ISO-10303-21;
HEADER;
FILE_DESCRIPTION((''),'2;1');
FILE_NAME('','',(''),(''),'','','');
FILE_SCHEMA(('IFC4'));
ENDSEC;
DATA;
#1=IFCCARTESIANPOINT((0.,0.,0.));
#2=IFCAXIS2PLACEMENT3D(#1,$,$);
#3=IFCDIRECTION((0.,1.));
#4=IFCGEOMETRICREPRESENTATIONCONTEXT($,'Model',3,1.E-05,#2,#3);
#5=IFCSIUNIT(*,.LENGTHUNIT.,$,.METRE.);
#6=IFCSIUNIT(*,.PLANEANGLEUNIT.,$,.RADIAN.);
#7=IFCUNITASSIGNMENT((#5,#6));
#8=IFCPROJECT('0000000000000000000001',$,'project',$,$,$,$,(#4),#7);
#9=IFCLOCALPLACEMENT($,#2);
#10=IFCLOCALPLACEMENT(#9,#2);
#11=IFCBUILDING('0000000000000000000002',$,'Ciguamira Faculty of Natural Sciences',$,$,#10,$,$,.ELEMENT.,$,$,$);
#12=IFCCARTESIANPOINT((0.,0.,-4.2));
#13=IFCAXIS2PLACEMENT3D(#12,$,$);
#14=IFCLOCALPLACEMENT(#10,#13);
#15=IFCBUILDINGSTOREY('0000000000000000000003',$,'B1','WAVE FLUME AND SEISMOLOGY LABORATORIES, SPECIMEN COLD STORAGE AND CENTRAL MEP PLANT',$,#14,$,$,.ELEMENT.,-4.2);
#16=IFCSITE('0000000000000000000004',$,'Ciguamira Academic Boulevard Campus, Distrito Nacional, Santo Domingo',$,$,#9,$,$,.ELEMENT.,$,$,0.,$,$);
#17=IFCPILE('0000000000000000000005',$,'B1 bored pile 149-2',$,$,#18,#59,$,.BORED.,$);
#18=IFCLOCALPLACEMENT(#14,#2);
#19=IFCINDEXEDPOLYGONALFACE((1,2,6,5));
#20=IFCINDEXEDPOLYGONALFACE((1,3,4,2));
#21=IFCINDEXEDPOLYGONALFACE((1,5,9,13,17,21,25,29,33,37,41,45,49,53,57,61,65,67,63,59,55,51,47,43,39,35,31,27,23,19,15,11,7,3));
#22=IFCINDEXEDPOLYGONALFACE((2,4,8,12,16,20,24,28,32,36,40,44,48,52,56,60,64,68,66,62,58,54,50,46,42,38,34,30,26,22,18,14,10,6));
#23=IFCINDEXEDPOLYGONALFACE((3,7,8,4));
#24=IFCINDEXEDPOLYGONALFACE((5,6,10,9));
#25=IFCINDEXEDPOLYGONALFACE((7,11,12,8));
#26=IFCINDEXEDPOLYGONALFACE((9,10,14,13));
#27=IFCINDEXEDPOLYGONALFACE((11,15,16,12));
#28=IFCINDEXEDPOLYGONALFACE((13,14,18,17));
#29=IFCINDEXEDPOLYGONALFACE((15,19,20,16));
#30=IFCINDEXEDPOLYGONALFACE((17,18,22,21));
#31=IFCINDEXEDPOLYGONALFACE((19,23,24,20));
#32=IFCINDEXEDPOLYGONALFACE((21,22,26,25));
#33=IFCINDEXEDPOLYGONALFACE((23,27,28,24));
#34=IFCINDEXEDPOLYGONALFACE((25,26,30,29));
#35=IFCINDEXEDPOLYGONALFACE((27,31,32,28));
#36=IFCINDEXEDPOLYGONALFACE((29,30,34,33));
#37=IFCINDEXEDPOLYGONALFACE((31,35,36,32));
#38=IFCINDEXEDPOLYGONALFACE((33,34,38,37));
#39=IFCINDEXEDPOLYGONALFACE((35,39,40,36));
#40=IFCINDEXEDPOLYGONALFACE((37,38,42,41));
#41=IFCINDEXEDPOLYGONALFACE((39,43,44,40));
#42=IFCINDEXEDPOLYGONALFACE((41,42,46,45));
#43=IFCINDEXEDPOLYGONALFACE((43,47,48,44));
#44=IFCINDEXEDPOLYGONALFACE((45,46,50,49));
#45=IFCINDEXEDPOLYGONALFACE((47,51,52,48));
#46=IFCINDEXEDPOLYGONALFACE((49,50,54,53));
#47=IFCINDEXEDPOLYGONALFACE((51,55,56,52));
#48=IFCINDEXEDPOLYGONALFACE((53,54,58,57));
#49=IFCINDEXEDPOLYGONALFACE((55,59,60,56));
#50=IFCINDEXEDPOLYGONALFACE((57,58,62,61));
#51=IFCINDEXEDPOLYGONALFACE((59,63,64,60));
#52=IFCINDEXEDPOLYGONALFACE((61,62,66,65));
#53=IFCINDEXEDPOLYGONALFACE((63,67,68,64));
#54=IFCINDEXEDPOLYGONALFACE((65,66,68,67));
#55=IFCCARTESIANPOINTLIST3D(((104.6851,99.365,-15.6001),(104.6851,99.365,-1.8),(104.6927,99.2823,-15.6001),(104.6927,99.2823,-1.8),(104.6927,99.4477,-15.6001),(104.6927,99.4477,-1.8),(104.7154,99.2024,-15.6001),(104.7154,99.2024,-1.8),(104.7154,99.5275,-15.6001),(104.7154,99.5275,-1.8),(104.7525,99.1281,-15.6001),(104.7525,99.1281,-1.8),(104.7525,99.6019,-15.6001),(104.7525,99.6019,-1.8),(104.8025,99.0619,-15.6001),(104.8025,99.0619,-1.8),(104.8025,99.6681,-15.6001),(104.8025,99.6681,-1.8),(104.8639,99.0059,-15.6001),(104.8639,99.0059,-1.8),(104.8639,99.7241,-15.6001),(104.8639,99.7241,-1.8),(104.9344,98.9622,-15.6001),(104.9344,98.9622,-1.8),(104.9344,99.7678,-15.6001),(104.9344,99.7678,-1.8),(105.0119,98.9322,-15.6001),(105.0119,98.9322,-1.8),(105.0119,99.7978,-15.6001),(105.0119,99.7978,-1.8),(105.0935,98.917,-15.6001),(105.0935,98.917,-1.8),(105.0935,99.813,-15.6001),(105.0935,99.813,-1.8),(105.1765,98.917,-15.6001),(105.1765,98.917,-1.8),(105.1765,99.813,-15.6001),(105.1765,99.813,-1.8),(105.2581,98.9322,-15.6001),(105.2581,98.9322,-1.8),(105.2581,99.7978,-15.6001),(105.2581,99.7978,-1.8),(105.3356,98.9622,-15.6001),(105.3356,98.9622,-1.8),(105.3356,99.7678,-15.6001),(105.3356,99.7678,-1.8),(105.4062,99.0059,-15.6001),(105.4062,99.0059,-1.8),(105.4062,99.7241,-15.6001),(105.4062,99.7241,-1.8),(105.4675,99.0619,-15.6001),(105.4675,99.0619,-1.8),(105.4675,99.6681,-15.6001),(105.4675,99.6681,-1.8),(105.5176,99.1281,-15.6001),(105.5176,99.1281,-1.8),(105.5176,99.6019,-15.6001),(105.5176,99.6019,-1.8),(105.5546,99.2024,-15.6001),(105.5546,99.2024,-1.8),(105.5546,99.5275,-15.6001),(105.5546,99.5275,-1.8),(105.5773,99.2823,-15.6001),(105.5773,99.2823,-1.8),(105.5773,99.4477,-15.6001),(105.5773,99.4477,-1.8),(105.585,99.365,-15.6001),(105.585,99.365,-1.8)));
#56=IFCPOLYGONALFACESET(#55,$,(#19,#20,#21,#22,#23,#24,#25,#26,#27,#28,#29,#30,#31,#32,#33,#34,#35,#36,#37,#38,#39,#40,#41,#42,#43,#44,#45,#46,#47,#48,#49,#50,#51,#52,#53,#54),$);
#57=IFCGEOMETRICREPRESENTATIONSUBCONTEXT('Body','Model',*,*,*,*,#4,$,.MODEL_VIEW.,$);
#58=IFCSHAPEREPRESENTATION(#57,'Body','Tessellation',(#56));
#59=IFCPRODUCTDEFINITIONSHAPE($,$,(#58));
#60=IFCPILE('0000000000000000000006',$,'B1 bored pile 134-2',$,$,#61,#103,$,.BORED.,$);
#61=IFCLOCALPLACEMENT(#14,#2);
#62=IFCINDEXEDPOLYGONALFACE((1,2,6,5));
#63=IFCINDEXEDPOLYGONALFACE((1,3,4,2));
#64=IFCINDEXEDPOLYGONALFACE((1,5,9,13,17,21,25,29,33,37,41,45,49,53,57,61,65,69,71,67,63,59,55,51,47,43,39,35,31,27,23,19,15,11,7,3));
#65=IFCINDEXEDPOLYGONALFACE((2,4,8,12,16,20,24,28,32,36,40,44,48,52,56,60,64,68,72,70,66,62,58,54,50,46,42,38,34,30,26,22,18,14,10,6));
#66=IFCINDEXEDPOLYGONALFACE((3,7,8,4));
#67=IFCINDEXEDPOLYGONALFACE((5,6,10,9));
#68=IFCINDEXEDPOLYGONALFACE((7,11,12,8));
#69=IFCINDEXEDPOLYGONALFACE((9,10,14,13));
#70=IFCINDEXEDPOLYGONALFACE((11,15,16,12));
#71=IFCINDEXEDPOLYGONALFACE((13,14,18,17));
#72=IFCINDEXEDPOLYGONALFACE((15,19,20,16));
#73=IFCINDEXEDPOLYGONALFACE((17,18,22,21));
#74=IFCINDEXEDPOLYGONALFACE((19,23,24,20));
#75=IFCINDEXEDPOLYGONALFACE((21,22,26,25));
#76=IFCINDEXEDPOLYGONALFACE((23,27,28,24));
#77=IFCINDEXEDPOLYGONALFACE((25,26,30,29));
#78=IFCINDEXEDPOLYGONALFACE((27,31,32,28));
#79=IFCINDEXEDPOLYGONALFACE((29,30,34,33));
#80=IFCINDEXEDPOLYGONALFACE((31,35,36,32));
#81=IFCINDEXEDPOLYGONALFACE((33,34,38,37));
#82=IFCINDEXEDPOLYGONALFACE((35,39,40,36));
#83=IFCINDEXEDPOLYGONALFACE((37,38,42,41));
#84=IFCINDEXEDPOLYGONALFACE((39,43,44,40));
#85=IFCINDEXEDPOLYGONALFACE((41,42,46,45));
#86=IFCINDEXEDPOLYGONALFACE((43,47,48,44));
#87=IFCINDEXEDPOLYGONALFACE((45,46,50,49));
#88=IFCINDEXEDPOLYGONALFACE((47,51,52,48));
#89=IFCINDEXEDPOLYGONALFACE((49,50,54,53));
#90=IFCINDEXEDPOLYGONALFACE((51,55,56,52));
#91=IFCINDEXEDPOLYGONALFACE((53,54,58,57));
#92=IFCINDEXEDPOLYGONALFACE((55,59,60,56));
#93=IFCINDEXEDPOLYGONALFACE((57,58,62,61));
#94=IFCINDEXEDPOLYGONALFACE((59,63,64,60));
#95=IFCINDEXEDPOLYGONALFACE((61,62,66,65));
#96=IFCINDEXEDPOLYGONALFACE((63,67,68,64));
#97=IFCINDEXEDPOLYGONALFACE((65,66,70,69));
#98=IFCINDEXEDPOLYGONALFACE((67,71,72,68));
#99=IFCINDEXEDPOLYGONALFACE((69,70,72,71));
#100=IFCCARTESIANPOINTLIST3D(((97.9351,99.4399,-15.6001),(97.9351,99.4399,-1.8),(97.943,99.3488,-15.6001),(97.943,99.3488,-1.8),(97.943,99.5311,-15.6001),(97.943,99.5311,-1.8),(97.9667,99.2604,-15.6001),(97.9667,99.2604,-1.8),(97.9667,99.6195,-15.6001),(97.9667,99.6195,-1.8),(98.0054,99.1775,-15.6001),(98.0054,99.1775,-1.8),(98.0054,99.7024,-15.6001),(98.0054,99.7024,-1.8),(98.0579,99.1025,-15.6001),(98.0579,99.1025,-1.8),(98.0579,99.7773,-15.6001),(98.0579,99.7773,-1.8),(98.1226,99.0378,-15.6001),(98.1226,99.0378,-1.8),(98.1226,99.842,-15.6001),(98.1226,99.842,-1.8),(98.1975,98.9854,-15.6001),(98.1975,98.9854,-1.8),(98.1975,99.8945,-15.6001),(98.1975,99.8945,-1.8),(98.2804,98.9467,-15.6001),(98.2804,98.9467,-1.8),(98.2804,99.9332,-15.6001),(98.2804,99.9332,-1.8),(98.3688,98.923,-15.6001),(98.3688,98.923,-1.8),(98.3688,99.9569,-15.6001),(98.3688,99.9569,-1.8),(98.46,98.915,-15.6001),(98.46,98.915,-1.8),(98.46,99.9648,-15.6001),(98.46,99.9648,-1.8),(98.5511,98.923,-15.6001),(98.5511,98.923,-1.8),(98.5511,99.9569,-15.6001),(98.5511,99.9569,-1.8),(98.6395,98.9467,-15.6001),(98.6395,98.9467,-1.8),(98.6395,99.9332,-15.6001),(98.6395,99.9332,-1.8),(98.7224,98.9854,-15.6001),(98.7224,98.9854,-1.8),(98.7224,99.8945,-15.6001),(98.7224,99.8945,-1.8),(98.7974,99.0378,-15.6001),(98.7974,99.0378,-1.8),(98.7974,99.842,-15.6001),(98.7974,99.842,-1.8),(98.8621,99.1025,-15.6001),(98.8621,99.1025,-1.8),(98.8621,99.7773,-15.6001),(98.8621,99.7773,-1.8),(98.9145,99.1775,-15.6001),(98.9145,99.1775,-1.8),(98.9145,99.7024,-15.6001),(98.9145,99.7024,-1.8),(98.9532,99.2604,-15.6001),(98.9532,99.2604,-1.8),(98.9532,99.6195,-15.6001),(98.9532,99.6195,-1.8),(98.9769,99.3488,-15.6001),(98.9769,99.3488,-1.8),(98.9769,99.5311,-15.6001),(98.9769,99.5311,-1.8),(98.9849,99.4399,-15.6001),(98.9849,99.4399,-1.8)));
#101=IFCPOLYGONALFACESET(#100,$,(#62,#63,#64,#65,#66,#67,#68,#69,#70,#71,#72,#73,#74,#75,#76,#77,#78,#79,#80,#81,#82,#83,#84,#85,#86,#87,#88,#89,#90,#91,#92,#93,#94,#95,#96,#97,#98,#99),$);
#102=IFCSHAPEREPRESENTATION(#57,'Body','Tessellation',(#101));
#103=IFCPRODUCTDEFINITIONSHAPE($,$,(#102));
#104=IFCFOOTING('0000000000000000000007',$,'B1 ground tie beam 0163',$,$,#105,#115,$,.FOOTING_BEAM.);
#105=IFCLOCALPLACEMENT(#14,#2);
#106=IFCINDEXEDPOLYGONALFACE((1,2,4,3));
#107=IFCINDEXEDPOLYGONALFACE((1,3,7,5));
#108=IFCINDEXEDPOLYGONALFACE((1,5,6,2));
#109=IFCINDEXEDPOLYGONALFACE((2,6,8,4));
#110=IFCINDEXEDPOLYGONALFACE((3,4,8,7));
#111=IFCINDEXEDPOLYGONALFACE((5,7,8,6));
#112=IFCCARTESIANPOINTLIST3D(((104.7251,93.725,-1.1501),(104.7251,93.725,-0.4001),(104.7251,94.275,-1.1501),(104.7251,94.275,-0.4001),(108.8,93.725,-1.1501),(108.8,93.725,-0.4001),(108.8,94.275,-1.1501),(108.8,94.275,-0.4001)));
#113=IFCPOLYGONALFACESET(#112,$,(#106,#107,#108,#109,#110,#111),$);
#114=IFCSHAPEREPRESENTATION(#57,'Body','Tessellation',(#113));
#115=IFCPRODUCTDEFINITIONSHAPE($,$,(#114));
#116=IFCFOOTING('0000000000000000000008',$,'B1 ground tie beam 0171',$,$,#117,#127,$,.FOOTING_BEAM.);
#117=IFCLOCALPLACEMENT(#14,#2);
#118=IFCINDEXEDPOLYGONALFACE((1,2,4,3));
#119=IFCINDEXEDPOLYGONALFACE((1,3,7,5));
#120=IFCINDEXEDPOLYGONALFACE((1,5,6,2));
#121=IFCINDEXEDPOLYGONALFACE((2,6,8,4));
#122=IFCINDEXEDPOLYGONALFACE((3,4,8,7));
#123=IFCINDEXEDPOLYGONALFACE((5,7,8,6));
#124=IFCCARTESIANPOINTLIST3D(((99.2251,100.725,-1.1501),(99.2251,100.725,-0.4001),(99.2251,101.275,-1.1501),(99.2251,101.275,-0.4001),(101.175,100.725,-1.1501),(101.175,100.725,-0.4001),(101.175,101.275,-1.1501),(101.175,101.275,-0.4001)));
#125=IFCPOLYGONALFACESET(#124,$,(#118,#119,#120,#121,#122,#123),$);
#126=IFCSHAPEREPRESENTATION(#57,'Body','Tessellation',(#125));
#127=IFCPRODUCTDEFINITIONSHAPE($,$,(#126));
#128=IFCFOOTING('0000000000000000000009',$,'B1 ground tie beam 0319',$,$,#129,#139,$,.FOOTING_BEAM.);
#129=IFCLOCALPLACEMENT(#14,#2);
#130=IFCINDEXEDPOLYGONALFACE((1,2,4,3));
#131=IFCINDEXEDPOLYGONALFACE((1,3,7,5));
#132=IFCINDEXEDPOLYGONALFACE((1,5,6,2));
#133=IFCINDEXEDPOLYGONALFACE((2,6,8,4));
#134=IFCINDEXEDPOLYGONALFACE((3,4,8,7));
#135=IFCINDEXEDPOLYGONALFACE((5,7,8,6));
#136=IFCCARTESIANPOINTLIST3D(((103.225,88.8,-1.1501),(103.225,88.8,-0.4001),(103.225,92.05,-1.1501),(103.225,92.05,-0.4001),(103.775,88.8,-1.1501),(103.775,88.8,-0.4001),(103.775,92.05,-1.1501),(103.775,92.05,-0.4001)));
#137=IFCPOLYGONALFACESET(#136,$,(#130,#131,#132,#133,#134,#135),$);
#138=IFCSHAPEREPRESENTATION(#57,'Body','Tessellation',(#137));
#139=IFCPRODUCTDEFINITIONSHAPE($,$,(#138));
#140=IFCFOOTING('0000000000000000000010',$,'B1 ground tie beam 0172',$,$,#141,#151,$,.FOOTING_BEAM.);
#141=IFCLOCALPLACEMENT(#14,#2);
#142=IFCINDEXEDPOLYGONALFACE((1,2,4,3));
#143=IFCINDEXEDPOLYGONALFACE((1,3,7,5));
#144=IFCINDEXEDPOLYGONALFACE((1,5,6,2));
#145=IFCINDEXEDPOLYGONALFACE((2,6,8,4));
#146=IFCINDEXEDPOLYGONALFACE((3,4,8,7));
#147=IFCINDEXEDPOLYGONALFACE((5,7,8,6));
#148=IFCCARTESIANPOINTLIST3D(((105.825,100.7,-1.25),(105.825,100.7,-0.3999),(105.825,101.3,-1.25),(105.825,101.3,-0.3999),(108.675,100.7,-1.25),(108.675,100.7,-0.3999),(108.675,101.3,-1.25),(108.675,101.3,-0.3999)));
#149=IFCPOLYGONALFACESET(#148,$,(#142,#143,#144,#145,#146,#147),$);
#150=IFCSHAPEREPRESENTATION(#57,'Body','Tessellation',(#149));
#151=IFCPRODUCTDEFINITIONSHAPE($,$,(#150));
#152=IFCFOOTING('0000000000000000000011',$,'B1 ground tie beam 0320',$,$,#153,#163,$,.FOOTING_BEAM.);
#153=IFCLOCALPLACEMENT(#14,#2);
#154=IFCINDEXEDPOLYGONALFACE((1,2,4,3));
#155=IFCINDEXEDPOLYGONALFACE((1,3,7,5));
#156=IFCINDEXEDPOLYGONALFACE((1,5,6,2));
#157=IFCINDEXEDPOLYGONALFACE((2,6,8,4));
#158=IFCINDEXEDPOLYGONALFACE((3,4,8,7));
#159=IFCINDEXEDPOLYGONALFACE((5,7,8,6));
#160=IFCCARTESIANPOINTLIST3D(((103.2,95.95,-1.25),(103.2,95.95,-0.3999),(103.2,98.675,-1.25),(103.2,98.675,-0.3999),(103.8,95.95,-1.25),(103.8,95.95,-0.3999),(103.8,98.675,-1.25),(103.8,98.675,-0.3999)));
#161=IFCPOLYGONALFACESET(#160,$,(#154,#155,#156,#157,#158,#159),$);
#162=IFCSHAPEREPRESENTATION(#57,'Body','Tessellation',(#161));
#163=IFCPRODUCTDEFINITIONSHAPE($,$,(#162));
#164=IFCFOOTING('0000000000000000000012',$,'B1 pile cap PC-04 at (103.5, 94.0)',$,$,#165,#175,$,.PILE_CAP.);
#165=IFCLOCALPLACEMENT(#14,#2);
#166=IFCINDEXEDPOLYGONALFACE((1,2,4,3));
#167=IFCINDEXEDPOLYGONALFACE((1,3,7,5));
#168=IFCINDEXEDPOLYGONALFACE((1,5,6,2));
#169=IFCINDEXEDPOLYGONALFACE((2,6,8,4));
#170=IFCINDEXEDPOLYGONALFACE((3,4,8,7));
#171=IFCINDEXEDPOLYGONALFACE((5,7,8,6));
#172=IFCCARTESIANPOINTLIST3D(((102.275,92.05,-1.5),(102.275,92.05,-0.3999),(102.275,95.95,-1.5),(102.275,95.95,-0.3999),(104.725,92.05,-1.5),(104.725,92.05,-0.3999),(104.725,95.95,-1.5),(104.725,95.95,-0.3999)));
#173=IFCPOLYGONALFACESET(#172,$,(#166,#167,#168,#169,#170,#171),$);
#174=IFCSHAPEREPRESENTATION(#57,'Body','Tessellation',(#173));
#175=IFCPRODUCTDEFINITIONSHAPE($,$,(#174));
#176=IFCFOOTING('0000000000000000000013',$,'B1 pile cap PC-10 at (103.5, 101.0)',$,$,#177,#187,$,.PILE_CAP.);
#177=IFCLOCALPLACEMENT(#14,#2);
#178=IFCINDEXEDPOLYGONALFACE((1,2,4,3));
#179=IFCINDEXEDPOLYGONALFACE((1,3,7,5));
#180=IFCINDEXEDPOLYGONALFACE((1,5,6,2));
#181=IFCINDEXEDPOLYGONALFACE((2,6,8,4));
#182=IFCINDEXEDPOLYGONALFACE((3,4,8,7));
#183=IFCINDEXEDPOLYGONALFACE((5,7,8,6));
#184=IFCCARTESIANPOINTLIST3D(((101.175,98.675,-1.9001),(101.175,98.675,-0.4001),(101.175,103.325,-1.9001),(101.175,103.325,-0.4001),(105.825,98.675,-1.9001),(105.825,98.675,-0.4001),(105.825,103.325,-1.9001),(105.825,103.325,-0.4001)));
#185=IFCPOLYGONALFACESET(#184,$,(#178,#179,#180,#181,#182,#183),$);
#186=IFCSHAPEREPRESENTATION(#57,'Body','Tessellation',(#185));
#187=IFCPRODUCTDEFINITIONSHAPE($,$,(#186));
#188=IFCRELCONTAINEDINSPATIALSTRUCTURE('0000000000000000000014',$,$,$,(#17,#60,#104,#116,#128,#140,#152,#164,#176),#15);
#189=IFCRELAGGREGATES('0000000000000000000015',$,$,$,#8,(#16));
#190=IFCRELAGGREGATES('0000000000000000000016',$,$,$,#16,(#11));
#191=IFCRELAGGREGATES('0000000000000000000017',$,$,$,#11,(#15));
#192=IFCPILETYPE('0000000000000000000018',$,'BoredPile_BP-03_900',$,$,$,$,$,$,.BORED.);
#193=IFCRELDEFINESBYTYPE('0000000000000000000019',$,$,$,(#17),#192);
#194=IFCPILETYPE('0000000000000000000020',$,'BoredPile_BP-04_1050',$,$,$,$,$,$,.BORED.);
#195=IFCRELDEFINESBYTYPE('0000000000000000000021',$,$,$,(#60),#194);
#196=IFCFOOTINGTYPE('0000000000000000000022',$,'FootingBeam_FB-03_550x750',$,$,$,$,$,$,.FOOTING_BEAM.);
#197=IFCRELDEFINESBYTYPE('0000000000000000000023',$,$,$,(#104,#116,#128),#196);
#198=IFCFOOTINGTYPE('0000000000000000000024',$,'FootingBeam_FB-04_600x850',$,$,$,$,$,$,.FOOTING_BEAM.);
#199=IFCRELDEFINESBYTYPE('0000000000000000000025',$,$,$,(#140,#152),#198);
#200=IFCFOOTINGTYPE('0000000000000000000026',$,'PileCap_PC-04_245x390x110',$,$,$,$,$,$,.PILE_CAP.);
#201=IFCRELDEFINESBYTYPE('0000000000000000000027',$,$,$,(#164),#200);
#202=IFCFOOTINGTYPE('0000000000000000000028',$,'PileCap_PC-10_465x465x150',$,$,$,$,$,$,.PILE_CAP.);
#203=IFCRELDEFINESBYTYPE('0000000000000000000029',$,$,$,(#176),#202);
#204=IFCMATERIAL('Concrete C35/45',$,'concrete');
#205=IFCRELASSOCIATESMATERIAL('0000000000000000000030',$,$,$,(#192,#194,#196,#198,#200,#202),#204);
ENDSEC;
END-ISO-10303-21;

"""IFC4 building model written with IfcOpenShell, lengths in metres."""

from ifc_helpers import new_model, si_unit, direction, frame, origin, origin_2d, place, context, subcontext, project, spatial, rectangle, circle, extrude, material, material_profile, profile_set, type_object, element, save


model = new_model("IFC4")

# Units and contexts
model_context = context("Model", 3, precision=1e-05, world=origin(), true_north=direction((0.0, 1.0)))
body_context = subcontext(model_context, "Body", "Model", "MODEL_VIEW")
ifc_project = project(units=[si_unit("LENGTHUNIT", "METRE"), si_unit("PLANEANGLEUNIT", "RADIAN")], contexts=[model_context])

# Site, building, storey
site_placement = place(None, origin())
site = spatial("IfcSite", under=ifc_project, at=site_placement, Name="Ciguamira Academic Boulevard Campus, Distrito Nacional, Santo Domingo", CompositionType="ELEMENT", RefElevation=0.0)
building_placement = place(site_placement, origin())
building = spatial("IfcBuilding", under=site, at=building_placement, Name="Ciguamira Faculty of Natural Sciences", CompositionType="ELEMENT")
storey_placement = place(building_placement, frame((0.0, 0.0, -4.2)))
storey = spatial("IfcBuildingStorey", under=building, at=storey_placement, Name="B1", Description="WAVE FLUME AND SEISMOLOGY LABORATORIES, SPECIMEN COLD STORAGE AND CENTRAL MEP PLANT", CompositionType="ELEMENT", Elevation=-4.2)

# Piles
ifc_material_1 = material(Name="Concrete C35/45", Category="concrete")
ifc_material_profile_1 = material_profile(ifc_material_1, circle(Radius=0.45, at=origin_2d()), Name="PILE-BORED-900")
ifc_profile_set_1 = profile_set([ifc_material_profile_1], Name="Concrete C35/45")
pile_type_1 = type_object("IfcPileType", Name="BoredPile_BP-03_900", PredefinedType="BORED", material=ifc_profile_set_1)
for number, where, z_axis, x_axis, name in (
    (1, (105.135, 99.365, -1.8), (0.0, 0.0, -1.0), (1.0, 0.0, 0.0), "B1 bored pile 149-2"),
):
    element("IfcPile", number, at=place(storey_placement, frame(where, z_axis=z_axis, x_axis=x_axis)), inside=storey, type_object=pile_type_1, Name=name, PredefinedType="BORED", context=body_context, shape_type="SweptSolid", body=[
        extrude(circle(Radius=0.45, at=origin_2d()), origin(), (0.0, 0.0, 1.0), 13.8),
    ])
ifc_material_profile_2 = material_profile(ifc_material_1, circle(Radius=0.5249, at=origin_2d()), Name="PILE-BORED-1050")
ifc_profile_set_2 = profile_set([ifc_material_profile_2], Name="Concrete C35/45")
pile_type_2 = type_object("IfcPileType", Name="BoredPile_BP-04_1050", PredefinedType="BORED", material=ifc_profile_set_2)
pile_placement = place(storey_placement, frame((98.46, 99.4399, -1.8), z_axis=(0.0, 0.0, -1.0), x_axis=(1.0, 0.0, 0.0)))
element("IfcPile", 2, at=pile_placement, inside=storey, type_object=pile_type_2, Name="B1 bored pile 134-2", PredefinedType="BORED", context=body_context, shape_type="SweptSolid", body=[
    extrude(circle(Radius=0.5249, at=origin_2d()), origin(), (0.0, 0.0, 1.0), 13.8),
])

# Footings
ifc_material_profile_3 = material_profile(ifc_material_1, rectangle(XDim=0.55, YDim=0.75, at=origin_2d()), Name="RC-FB-550X750")
ifc_profile_set_3 = profile_set([ifc_material_profile_3], Name="Concrete C35/45")
footing_type_1 = type_object("IfcFootingType", Name="FootingBeam_FB-03_550x750", PredefinedType="FOOTING_BEAM", material=ifc_profile_set_3)
footing_1_placement = place(storey_placement, frame((104.7251, 94.0, -0.7751), z_axis=(1.0, 0.0, 0.0), x_axis=(0.0, 1.0, 0.0)))
element("IfcFooting", 3, at=footing_1_placement, inside=storey, type_object=footing_type_1, Name="B1 ground tie beam 0163", PredefinedType="FOOTING_BEAM", context=body_context, shape_type="SweptSolid", body=[
    extrude(rectangle(XDim=0.55, YDim=0.75, at=origin_2d()), origin(), (0.0, 0.0, 1.0), 4.075),
])
footing_2_placement = place(storey_placement, frame((99.2251, 101.0, -0.7751), z_axis=(1.0, 0.0, 0.0), x_axis=(0.0, 1.0, 0.0)))
element("IfcFooting", 4, at=footing_2_placement, inside=storey, type_object=footing_type_1, Name="B1 ground tie beam 0171", PredefinedType="FOOTING_BEAM", context=body_context, shape_type="SweptSolid", body=[
    extrude(rectangle(XDim=0.55, YDim=0.75, at=origin_2d()), origin(), (0.0, 0.0, 1.0), 1.95),
])
footing_3_placement = place(storey_placement, frame((103.5, 88.8, -0.7751), z_axis=(0.0, 1.0, 0.0), x_axis=(-1.0, 0.0, 0.0)))
element("IfcFooting", 5, at=footing_3_placement, inside=storey, type_object=footing_type_1, Name="B1 ground tie beam 0319", PredefinedType="FOOTING_BEAM", context=body_context, shape_type="SweptSolid", body=[
    extrude(rectangle(XDim=0.55, YDim=0.75, at=origin_2d()), origin(), (0.0, 0.0, 1.0), 3.25),
])
ifc_material_profile_4 = material_profile(ifc_material_1, rectangle(XDim=0.6001, YDim=0.8501, at=origin_2d()), Name="RC-FB-600X850")
ifc_profile_set_4 = profile_set([ifc_material_profile_4], Name="Concrete C35/45")
footing_type_2 = type_object("IfcFootingType", Name="FootingBeam_FB-04_600x850", PredefinedType="FOOTING_BEAM", material=ifc_profile_set_4)
footing_4_placement = place(storey_placement, frame((105.825, 101.0, -0.825), z_axis=(1.0, 0.0, 0.0), x_axis=(0.0, 1.0, 0.0)))
element("IfcFooting", 6, at=footing_4_placement, inside=storey, type_object=footing_type_2, Name="B1 ground tie beam 0172", PredefinedType="FOOTING_BEAM", context=body_context, shape_type="SweptSolid", body=[
    extrude(rectangle(XDim=0.6001, YDim=0.8501, at=origin_2d()), origin(), (0.0, 0.0, 1.0), 2.8501),
])
footing_5_placement = place(storey_placement, frame((103.5, 95.95, -0.825), z_axis=(0.0, 1.0, 0.0), x_axis=(-1.0, 0.0, 0.0)))
element("IfcFooting", 7, at=footing_5_placement, inside=storey, type_object=footing_type_2, Name="B1 ground tie beam 0320", PredefinedType="FOOTING_BEAM", context=body_context, shape_type="SweptSolid", body=[
    extrude(rectangle(XDim=0.6001, YDim=0.8501, at=origin_2d()), origin(), (0.0, 0.0, 1.0), 2.7251),
])
footing_type_3 = type_object("IfcFootingType", Name="PileCap_PC-04_245x390x110", PredefinedType="PILE_CAP", material=ifc_material_1)
footing_6_placement = place(storey_placement, frame((103.5, 94.0, -1.5), z_axis=(0.0, 0.0, 1.0), x_axis=(1.0, 0.0, 0.0)))
element("IfcFooting", 8, at=footing_6_placement, inside=storey, type_object=footing_type_3, Name="B1 pile cap PC-04 at (103.5, 94.0)", PredefinedType="PILE_CAP", context=body_context, shape_type="SweptSolid", body=[
    extrude(rectangle(XDim=2.45, YDim=3.8999, at=origin_2d()), origin(), (0.0, 0.0, 1.0), 1.1001),
])
footing_type_4 = type_object("IfcFootingType", Name="PileCap_PC-10_465x465x150", PredefinedType="PILE_CAP", material=ifc_material_1)
footing_7_placement = place(storey_placement, frame((103.5, 101.0, -1.9001), z_axis=(0.0, 0.0, 1.0), x_axis=(1.0, 0.0, 0.0)))
element("IfcFooting", 9, at=footing_7_placement, inside=storey, type_object=footing_type_4, Name="B1 pile cap PC-10 at (103.5, 101.0)", PredefinedType="PILE_CAP", context=body_context, shape_type="SweptSolid", body=[
    extrude(rectangle(XDim=4.6499, YDim=4.6499, at=origin_2d()), origin(), (0.0, 0.0, 1.0), 1.5),
])

save(model, "model.ifc")
